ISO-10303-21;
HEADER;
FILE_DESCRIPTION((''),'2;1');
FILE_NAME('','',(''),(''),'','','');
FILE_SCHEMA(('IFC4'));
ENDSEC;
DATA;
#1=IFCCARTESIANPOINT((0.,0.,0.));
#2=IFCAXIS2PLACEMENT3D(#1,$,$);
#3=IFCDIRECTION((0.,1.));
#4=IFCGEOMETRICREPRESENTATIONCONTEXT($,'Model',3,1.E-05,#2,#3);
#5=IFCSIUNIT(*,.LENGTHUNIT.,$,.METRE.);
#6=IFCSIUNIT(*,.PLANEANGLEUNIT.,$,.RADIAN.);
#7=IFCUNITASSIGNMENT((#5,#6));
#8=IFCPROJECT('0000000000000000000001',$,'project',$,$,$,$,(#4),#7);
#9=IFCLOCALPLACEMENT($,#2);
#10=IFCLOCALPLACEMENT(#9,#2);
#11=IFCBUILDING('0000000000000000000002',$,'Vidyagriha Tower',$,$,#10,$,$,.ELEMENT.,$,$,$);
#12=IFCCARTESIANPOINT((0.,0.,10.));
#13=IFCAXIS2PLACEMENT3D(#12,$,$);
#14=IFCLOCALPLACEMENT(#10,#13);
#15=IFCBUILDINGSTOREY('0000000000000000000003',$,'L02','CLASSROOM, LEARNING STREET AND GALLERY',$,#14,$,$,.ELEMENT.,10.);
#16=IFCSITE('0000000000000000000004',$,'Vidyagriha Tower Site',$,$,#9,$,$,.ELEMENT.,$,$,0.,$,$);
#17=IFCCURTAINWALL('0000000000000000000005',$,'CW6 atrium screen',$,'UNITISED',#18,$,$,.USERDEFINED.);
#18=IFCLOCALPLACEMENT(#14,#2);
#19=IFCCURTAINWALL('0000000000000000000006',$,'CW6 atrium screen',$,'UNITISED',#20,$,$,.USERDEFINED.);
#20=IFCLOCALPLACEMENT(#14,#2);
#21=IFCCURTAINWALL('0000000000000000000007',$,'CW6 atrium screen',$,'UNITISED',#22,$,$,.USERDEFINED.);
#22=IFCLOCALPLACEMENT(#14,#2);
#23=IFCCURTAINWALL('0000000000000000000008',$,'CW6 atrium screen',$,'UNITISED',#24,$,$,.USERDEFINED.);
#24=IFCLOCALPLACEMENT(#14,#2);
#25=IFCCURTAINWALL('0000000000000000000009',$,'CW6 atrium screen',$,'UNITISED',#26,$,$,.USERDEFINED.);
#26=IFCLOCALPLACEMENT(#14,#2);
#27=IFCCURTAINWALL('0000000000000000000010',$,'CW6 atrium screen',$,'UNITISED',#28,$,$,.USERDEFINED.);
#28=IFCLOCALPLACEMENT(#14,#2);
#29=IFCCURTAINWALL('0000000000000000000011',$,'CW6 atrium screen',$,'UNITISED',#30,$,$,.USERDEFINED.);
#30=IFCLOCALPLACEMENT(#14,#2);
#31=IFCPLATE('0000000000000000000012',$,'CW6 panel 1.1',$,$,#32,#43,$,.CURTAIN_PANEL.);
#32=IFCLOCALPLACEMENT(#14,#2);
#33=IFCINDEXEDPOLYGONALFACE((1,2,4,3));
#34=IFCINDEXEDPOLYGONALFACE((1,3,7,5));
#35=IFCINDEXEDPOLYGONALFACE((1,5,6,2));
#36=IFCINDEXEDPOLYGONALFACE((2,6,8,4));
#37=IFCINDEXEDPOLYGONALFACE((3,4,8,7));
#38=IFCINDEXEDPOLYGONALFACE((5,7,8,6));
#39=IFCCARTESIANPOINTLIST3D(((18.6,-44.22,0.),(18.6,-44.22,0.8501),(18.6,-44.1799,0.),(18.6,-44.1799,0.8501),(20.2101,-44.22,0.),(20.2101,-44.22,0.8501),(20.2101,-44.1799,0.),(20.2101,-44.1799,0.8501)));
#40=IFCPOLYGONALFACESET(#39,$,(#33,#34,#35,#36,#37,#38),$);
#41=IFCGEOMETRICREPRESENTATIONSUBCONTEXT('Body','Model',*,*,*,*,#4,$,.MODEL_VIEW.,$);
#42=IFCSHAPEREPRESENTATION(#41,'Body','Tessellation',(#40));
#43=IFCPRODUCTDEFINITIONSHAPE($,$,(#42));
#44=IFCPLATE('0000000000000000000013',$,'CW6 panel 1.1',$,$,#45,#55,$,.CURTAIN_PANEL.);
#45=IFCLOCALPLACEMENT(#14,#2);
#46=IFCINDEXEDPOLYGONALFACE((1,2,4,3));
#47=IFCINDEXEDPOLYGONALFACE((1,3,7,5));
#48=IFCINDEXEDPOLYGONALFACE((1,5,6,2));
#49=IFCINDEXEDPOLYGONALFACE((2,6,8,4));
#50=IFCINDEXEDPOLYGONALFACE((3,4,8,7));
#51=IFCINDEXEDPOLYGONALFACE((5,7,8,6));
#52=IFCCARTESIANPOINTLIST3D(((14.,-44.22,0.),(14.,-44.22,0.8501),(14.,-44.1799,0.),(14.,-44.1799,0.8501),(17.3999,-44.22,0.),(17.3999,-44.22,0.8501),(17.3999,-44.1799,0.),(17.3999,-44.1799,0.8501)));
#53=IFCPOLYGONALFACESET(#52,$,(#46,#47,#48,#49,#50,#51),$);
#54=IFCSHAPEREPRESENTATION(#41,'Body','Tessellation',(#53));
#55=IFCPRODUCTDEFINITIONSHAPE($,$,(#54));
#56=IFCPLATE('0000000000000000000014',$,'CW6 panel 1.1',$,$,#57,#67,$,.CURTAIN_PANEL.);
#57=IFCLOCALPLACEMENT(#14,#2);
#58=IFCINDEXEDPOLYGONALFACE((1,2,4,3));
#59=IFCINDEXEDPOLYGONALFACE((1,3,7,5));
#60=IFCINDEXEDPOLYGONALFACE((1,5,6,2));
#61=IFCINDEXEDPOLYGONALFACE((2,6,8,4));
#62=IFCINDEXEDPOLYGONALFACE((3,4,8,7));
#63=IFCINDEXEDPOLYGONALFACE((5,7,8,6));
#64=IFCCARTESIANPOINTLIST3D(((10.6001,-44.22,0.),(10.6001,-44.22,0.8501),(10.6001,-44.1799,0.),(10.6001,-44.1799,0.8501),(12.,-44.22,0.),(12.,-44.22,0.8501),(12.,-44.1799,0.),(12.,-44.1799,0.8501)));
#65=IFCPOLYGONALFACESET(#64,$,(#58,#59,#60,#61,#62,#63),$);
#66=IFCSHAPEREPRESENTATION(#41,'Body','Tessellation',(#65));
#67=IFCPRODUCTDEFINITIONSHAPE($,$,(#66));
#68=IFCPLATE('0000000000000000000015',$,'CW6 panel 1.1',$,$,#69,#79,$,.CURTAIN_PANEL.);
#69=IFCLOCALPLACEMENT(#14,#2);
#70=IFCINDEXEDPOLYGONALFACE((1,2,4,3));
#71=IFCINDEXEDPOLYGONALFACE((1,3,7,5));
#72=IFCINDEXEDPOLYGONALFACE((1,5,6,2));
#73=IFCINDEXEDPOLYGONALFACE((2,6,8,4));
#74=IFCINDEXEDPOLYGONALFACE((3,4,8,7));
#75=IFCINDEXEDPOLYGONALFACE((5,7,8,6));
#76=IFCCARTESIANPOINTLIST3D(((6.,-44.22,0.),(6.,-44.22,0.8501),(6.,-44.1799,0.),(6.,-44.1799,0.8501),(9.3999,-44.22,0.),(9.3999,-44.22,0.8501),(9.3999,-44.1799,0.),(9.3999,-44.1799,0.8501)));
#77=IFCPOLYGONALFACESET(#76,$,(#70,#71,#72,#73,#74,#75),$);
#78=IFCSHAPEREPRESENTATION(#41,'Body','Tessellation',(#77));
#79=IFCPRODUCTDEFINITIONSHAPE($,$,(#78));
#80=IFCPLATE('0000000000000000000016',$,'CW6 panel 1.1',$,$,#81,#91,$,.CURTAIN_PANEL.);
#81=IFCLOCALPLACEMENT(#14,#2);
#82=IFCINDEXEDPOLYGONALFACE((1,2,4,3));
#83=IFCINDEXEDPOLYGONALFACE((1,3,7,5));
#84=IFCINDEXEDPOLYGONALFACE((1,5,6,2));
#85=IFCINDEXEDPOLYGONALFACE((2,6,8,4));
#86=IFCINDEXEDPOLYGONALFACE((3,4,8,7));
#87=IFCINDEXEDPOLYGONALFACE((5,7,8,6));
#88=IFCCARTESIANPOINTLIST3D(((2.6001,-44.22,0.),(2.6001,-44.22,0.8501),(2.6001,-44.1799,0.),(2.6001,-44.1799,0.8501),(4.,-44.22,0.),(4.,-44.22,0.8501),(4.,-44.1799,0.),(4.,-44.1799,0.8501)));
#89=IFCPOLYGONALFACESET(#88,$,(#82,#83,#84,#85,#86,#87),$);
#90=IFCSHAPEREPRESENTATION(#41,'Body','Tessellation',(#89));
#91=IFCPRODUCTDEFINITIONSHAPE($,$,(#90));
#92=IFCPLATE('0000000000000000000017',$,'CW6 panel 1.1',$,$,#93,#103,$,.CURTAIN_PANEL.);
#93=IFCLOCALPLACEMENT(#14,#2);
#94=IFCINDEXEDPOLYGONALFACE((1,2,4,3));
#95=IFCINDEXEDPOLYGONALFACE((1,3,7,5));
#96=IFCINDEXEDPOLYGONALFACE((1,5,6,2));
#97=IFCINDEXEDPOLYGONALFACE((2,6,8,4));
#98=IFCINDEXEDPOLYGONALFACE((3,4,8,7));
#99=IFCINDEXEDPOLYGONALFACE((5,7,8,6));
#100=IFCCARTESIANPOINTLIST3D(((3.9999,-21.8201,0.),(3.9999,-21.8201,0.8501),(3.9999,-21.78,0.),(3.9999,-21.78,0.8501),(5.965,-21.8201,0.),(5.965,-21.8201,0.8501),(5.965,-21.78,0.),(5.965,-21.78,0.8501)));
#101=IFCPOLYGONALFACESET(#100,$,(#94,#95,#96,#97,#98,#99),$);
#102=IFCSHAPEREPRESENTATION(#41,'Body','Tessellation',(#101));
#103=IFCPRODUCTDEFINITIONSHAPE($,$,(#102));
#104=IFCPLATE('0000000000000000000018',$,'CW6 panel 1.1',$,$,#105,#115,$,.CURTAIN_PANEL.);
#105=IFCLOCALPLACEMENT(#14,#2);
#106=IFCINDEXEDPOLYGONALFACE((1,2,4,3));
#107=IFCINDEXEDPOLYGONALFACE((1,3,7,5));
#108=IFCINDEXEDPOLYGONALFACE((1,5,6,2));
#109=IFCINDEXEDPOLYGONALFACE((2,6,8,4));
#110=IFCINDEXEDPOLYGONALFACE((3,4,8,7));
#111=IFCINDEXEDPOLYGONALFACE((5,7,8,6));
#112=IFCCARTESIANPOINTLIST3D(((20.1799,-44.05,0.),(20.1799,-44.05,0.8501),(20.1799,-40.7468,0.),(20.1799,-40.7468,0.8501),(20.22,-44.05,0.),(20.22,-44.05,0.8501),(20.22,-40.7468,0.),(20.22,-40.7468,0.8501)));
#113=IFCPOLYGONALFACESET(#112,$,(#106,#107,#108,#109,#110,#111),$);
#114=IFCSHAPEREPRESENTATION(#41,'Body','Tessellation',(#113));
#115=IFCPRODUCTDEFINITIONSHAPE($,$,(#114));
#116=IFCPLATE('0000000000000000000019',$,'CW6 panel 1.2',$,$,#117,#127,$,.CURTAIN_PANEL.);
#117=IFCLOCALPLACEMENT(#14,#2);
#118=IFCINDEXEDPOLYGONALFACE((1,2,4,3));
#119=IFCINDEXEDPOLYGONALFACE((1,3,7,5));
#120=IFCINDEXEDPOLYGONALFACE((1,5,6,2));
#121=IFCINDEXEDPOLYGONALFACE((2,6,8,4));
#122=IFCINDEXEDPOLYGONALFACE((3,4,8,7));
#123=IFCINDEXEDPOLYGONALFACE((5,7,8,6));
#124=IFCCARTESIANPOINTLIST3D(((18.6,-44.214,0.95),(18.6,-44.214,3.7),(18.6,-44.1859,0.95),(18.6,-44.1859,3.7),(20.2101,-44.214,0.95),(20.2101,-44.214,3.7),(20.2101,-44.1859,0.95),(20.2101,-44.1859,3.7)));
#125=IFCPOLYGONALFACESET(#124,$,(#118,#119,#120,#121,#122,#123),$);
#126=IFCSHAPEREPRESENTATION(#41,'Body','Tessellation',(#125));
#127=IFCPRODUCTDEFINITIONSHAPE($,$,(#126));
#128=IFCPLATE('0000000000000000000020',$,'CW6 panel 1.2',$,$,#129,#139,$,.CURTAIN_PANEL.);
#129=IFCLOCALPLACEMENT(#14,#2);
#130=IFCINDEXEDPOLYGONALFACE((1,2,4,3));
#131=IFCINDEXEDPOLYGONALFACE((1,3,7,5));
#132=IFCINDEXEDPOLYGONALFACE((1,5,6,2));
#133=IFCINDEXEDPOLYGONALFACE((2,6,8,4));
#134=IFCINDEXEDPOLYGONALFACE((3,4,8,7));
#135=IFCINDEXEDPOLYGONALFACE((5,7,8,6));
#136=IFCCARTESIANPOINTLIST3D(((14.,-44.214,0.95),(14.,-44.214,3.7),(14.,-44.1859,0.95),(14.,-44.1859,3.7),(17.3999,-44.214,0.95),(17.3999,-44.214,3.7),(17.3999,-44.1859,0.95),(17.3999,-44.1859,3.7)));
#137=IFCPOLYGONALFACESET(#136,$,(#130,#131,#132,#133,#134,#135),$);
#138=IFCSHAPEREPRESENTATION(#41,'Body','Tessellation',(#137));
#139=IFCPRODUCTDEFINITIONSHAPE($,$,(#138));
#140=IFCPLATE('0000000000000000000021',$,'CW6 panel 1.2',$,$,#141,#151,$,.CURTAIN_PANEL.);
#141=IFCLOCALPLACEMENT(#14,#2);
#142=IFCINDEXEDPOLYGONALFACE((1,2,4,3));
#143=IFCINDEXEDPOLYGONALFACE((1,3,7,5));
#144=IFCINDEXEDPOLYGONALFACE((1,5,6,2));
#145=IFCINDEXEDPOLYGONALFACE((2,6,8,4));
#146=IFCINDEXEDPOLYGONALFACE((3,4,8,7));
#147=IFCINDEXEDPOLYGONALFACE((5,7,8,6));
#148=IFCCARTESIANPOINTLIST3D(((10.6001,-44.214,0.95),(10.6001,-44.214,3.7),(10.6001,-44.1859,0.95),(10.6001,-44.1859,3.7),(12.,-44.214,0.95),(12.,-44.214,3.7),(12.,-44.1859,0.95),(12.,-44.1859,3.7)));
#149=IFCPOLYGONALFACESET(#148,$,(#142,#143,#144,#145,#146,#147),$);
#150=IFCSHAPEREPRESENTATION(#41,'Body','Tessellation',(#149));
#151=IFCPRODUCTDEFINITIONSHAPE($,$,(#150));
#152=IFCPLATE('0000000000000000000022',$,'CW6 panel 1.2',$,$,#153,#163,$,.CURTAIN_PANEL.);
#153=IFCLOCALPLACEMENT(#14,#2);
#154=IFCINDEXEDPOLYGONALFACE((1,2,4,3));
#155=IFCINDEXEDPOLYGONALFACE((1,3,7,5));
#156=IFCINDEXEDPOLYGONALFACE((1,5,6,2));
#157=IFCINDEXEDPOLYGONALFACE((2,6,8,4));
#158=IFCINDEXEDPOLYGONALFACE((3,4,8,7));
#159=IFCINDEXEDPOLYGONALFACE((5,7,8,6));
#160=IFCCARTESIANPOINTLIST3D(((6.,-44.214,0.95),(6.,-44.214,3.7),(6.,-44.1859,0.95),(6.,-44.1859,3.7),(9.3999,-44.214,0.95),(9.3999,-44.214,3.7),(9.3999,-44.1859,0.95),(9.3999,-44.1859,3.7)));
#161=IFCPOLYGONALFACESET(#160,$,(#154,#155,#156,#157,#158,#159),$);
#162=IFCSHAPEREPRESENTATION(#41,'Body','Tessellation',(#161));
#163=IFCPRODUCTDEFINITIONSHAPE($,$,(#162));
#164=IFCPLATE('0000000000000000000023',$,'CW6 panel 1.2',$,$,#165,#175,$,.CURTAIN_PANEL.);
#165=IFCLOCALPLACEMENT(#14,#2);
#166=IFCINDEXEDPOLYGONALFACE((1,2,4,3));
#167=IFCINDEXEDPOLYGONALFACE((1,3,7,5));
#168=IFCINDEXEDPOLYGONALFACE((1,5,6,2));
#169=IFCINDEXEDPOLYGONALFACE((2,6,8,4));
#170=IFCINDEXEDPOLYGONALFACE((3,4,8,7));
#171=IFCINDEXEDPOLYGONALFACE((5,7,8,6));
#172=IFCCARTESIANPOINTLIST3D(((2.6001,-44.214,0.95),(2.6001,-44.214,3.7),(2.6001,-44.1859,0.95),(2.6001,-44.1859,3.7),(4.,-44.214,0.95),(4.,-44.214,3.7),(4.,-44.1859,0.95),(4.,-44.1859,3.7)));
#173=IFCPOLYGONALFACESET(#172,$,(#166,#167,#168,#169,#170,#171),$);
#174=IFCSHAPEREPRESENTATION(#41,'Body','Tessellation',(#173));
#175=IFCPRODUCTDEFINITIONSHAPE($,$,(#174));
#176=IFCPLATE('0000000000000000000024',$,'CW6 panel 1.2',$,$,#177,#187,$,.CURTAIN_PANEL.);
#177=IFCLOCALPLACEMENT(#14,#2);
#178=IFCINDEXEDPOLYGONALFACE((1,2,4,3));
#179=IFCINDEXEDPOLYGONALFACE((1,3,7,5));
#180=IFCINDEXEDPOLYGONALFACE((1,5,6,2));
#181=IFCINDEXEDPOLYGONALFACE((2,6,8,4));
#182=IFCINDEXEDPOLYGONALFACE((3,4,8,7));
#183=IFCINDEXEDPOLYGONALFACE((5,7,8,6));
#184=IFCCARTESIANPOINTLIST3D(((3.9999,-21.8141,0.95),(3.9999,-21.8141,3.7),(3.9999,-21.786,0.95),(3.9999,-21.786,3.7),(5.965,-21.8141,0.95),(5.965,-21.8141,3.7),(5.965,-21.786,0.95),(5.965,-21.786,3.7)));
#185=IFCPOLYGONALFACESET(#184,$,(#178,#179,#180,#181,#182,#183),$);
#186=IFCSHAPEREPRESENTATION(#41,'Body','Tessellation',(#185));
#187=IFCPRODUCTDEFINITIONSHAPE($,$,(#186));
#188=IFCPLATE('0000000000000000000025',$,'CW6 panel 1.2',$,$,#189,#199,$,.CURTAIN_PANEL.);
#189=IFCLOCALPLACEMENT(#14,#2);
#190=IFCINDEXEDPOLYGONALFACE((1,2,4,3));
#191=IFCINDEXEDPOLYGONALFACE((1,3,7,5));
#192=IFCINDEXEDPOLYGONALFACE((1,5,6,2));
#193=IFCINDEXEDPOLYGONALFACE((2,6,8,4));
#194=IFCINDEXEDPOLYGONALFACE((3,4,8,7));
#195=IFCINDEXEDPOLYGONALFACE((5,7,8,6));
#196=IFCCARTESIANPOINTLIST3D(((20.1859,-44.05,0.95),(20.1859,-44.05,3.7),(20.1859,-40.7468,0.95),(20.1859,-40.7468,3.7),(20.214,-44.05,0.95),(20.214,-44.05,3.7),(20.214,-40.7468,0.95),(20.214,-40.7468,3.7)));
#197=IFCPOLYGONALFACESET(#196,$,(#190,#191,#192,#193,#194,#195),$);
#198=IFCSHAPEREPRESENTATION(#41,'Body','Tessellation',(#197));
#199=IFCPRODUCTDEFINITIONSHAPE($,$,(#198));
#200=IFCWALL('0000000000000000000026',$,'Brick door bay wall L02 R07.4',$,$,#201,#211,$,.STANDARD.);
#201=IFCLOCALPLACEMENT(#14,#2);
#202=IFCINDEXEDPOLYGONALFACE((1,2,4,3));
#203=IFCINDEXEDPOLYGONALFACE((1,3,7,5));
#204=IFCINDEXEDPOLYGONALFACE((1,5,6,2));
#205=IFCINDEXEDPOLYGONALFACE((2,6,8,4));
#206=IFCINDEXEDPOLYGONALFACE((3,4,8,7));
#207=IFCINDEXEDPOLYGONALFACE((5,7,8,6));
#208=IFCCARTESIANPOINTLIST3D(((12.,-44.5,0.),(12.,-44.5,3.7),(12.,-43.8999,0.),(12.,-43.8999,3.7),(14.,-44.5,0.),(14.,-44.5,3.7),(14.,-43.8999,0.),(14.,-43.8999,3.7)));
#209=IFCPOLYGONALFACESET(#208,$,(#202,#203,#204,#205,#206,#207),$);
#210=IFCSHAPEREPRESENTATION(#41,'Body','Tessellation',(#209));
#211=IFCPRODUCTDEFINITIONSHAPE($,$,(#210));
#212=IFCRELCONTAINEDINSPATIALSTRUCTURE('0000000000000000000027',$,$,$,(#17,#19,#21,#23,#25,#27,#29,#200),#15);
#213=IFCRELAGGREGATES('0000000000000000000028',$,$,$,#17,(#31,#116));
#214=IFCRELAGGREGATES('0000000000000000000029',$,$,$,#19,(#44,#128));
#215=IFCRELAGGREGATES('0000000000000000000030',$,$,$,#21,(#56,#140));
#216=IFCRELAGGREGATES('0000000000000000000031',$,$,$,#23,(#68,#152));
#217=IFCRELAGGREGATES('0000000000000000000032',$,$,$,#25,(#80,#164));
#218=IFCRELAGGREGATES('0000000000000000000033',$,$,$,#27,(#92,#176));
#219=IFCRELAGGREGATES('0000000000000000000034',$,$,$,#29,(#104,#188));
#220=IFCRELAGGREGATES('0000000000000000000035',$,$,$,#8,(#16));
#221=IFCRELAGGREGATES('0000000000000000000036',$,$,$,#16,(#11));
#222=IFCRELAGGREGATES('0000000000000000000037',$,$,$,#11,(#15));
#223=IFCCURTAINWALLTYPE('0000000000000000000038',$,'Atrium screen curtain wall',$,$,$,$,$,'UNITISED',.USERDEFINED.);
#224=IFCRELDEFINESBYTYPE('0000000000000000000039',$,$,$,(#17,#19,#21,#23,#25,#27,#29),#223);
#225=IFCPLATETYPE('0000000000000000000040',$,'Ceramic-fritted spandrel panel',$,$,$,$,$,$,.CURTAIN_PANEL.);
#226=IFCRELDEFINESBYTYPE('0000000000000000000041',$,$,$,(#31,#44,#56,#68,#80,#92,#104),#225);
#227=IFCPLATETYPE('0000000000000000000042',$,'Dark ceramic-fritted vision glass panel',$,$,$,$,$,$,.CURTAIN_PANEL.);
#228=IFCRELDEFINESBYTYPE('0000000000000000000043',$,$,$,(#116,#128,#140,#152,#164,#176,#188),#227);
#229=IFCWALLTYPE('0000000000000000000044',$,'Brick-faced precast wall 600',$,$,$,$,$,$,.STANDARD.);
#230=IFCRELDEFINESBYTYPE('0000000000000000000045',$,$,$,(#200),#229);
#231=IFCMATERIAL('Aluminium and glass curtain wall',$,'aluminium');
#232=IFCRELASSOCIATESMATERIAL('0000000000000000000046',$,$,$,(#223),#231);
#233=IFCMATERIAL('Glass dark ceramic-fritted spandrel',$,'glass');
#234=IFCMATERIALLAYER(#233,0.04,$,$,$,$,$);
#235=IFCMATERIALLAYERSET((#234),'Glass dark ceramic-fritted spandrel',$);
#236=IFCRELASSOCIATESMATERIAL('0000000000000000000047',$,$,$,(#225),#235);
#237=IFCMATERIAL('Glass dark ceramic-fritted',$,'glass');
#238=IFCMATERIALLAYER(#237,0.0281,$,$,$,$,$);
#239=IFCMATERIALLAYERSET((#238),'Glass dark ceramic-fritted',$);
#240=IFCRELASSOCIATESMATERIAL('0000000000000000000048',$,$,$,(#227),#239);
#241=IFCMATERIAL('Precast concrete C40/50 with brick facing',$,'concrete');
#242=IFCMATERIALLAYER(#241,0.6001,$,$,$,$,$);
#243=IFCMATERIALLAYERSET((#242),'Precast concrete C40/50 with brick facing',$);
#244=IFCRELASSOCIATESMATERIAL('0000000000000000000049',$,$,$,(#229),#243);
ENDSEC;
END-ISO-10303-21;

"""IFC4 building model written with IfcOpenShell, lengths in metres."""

from ifc_helpers import new_model, si_unit, direction, frame, frame_2d, origin, origin_2d, place, context, subcontext, project, spatial, rectangle, extrude, material, layer, layer_set, type_object, element, aggregate, save


model = new_model("IFC4")

# Units and contexts
model_context = context("Model", 3, precision=1e-05, world=origin(), true_north=direction((0.0, 1.0)))
body_context = subcontext(model_context, "Body", "Model", "MODEL_VIEW")
ifc_project = project(units=[si_unit("LENGTHUNIT", "METRE"), si_unit("PLANEANGLEUNIT", "RADIAN")], contexts=[model_context])

# Site, building, storey
site_placement = place(None, origin())
site = spatial("IfcSite", under=ifc_project, at=site_placement, Name="Vidyagriha Tower Site", CompositionType="ELEMENT", RefElevation=0.0)
building_placement = place(site_placement, origin())
building = spatial("IfcBuilding", under=site, at=building_placement, Name="Vidyagriha Tower", CompositionType="ELEMENT")
storey_placement = place(building_placement, frame((0.0, 0.0, 10.0)))
storey = spatial("IfcBuildingStorey", under=building, at=storey_placement, Name="L02", Description="CLASSROOM, LEARNING STREET AND GALLERY", CompositionType="ELEMENT", Elevation=10.0)

# Curtain walls
ifc_material_1 = material(Name="Aluminium and glass curtain wall", Category="aluminium")
curtain_wall_type = type_object("IfcCurtainWallType", Name="Atrium screen curtain wall", ElementType="UNITISED", PredefinedType="USERDEFINED", material=ifc_material_1)
curtain_wall_1_placement = place(storey_placement, origin())
curtain_wall_1 = element("IfcCurtainWall", 1, at=curtain_wall_1_placement, inside=storey, type_object=curtain_wall_type, Name="CW6 atrium screen", ObjectType="UNITISED", PredefinedType="USERDEFINED")
curtain_wall_2_placement = place(storey_placement, origin())
curtain_wall_2 = element("IfcCurtainWall", 2, at=curtain_wall_2_placement, inside=storey, type_object=curtain_wall_type, Name="CW6 atrium screen", ObjectType="UNITISED", PredefinedType="USERDEFINED")
curtain_wall_3_placement = place(storey_placement, origin())
curtain_wall_3 = element("IfcCurtainWall", 3, at=curtain_wall_3_placement, inside=storey, type_object=curtain_wall_type, Name="CW6 atrium screen", ObjectType="UNITISED", PredefinedType="USERDEFINED")
curtain_wall_4_placement = place(storey_placement, origin())
curtain_wall_4 = element("IfcCurtainWall", 4, at=curtain_wall_4_placement, inside=storey, type_object=curtain_wall_type, Name="CW6 atrium screen", ObjectType="UNITISED", PredefinedType="USERDEFINED")
curtain_wall_5_placement = place(storey_placement, origin())
curtain_wall_5 = element("IfcCurtainWall", 5, at=curtain_wall_5_placement, inside=storey, type_object=curtain_wall_type, Name="CW6 atrium screen", ObjectType="UNITISED", PredefinedType="USERDEFINED")
curtain_wall_6_placement = place(storey_placement, origin())
curtain_wall_6 = element("IfcCurtainWall", 6, at=curtain_wall_6_placement, inside=storey, type_object=curtain_wall_type, Name="CW6 atrium screen", ObjectType="UNITISED", PredefinedType="USERDEFINED")
curtain_wall_7_placement = place(storey_placement, origin())
curtain_wall_7 = element("IfcCurtainWall", 7, at=curtain_wall_7_placement, inside=storey, type_object=curtain_wall_type, Name="CW6 atrium screen", ObjectType="UNITISED", PredefinedType="USERDEFINED")

# Plates
ifc_material_2 = material(Name="Glass dark ceramic-fritted spandrel", Category="glass")
ifc_layer_1 = layer(ifc_material_2, 0.04)
ifc_layer_set_1 = layer_set([ifc_layer_1], Name="Glass dark ceramic-fritted spandrel")
plate_type_1 = type_object("IfcPlateType", Name="Ceramic-fritted spandrel panel", PredefinedType="CURTAIN_PANEL", material=ifc_layer_set_1)
plate_1_placement = place(storey_placement, frame((19.405, -44.2, 0.0), z_axis=(0.0, 0.0, 1.0), x_axis=(-1.0, 0.0, 0.0)))
plate_1 = element("IfcPlate", 8, at=plate_1_placement, type_object=plate_type_1, Name="CW6 panel 1.1", PredefinedType="CURTAIN_PANEL", context=body_context, shape_type="SweptSolid", body=[
    extrude(rectangle(XDim=1.6101, YDim=0.04, at=origin_2d()), origin(), (0.0, 0.0, 1.0), 0.8501),
])
plate_2_placement = place(storey_placement, frame((15.7, -44.2, 0.0), z_axis=(0.0, 0.0, 1.0), x_axis=(-1.0, 0.0, 0.0)))
plate_2 = element("IfcPlate", 9, at=plate_2_placement, type_object=plate_type_1, Name="CW6 panel 1.1", PredefinedType="CURTAIN_PANEL", context=body_context, shape_type="SweptSolid", body=[
    extrude(rectangle(XDim=3.3999, YDim=0.04, at=origin_2d()), origin(), (0.0, 0.0, 1.0), 0.8501),
])
plate_3_placement = place(storey_placement, frame((11.3, -44.2, 0.0), z_axis=(0.0, 0.0, 1.0), x_axis=(-1.0, 0.0, 0.0)))
plate_3 = element("IfcPlate", 10, at=plate_3_placement, type_object=plate_type_1, Name="CW6 panel 1.1", PredefinedType="CURTAIN_PANEL", context=body_context, shape_type="SweptSolid", body=[
    extrude(rectangle(XDim=1.3999, YDim=0.04, at=origin_2d()), origin(), (0.0, 0.0, 1.0), 0.8501),
])
plate_4_placement = place(storey_placement, frame((7.7, -44.2, 0.0), z_axis=(0.0, 0.0, 1.0), x_axis=(-1.0, 0.0, 0.0)))
plate_4 = element("IfcPlate", 11, at=plate_4_placement, type_object=plate_type_1, Name="CW6 panel 1.1", PredefinedType="CURTAIN_PANEL", context=body_context, shape_type="SweptSolid", body=[
    extrude(rectangle(XDim=3.3999, YDim=0.04, at=origin_2d()), origin(), (0.0, 0.0, 1.0), 0.8501),
])
plate_5_placement = place(storey_placement, frame((3.3, -44.2, 0.0), z_axis=(0.0, 0.0, 1.0), x_axis=(-1.0, 0.0, 0.0)))
plate_5 = element("IfcPlate", 12, at=plate_5_placement, type_object=plate_type_1, Name="CW6 panel 1.1", PredefinedType="CURTAIN_PANEL", context=body_context, shape_type="SweptSolid", body=[
    extrude(rectangle(XDim=1.3999, YDim=0.04, at=origin_2d()), origin(), (0.0, 0.0, 1.0), 0.8501),
])
plate_6_placement = place(storey_placement, frame((4.9824, -21.8, 0.0)))
plate_6 = element("IfcPlate", 13, at=plate_6_placement, type_object=plate_type_1, Name="CW6 panel 1.1", PredefinedType="CURTAIN_PANEL", context=body_context, shape_type="SweptSolid", body=[
    extrude(rectangle(XDim=1.9651, YDim=0.04, at=origin_2d()), origin(), (0.0, 0.0, 1.0), 0.8501),
])
plate_7_placement = place(storey_placement, frame((20.2, -42.3984, 0.0), z_axis=(0.0, 0.0, 1.0), x_axis=(0.0, -1.0, 0.0)))
plate_7 = element("IfcPlate", 14, at=plate_7_placement, type_object=plate_type_1, Name="CW6 panel 1.1", PredefinedType="CURTAIN_PANEL", context=body_context, shape_type="SweptSolid", body=[
    extrude(rectangle(XDim=3.3032, YDim=0.04, at=origin_2d()), origin(), (0.0, 0.0, 1.0), 0.8501),
])
ifc_material_3 = material(Name="Glass dark ceramic-fritted", Category="glass")
ifc_layer_2 = layer(ifc_material_3, 0.0281)
ifc_layer_set_2 = layer_set([ifc_layer_2], Name="Glass dark ceramic-fritted")
plate_type_2 = type_object("IfcPlateType", Name="Dark ceramic-fritted vision glass panel", PredefinedType="CURTAIN_PANEL", material=ifc_layer_set_2)
plate_8_placement = place(storey_placement, frame((19.405, -44.2, 0.95), z_axis=(0.0, 0.0, 1.0), x_axis=(-1.0, 0.0, 0.0)))
plate_8 = element("IfcPlate", 15, at=plate_8_placement, type_object=plate_type_2, Name="CW6 panel 1.2", PredefinedType="CURTAIN_PANEL", context=body_context, shape_type="SweptSolid", body=[
    extrude(rectangle(XDim=1.6101, YDim=0.0281, at=origin_2d()), origin(), (0.0, 0.0, 1.0), 2.75),
])
aggregate(curtain_wall_1, [plate_1, plate_8])
plate_9_placement = place(storey_placement, frame((15.7, -44.2, 0.95), z_axis=(0.0, 0.0, 1.0), x_axis=(-1.0, 0.0, 0.0)))
plate_9 = element("IfcPlate", 16, at=plate_9_placement, type_object=plate_type_2, Name="CW6 panel 1.2", PredefinedType="CURTAIN_PANEL", context=body_context, shape_type="SweptSolid", body=[
    extrude(rectangle(XDim=3.3999, YDim=0.0281, at=origin_2d()), origin(), (0.0, 0.0, 1.0), 2.75),
])
aggregate(curtain_wall_2, [plate_2, plate_9])
plate_10_placement = place(storey_placement, frame((11.3, -44.2, 0.95), z_axis=(0.0, 0.0, 1.0), x_axis=(-1.0, 0.0, 0.0)))
plate_10 = element("IfcPlate", 17, at=plate_10_placement, type_object=plate_type_2, Name="CW6 panel 1.2", PredefinedType="CURTAIN_PANEL", context=body_context, shape_type="SweptSolid", body=[
    extrude(rectangle(XDim=1.3999, YDim=0.0281, at=origin_2d()), origin(), (0.0, 0.0, 1.0), 2.75),
])
aggregate(curtain_wall_3, [plate_3, plate_10])
plate_11_placement = place(storey_placement, frame((7.7, -44.2, 0.95), z_axis=(0.0, 0.0, 1.0), x_axis=(-1.0, 0.0, 0.0)))
plate_11 = element("IfcPlate", 18, at=plate_11_placement, type_object=plate_type_2, Name="CW6 panel 1.2", PredefinedType="CURTAIN_PANEL", context=body_context, shape_type="SweptSolid", body=[
    extrude(rectangle(XDim=3.3999, YDim=0.0281, at=origin_2d()), origin(), (0.0, 0.0, 1.0), 2.75),
])
aggregate(curtain_wall_4, [plate_4, plate_11])
plate_12_placement = place(storey_placement, frame((3.3, -44.2, 0.95), z_axis=(0.0, 0.0, 1.0), x_axis=(-1.0, 0.0, 0.0)))
plate_12 = element("IfcPlate", 19, at=plate_12_placement, type_object=plate_type_2, Name="CW6 panel 1.2", PredefinedType="CURTAIN_PANEL", context=body_context, shape_type="SweptSolid", body=[
    extrude(rectangle(XDim=1.3999, YDim=0.0281, at=origin_2d()), origin(), (0.0, 0.0, 1.0), 2.75),
])
aggregate(curtain_wall_5, [plate_5, plate_12])
plate_13_placement = place(storey_placement, frame((4.9824, -21.8, 0.95)))
plate_13 = element("IfcPlate", 20, at=plate_13_placement, type_object=plate_type_2, Name="CW6 panel 1.2", PredefinedType="CURTAIN_PANEL", context=body_context, shape_type="SweptSolid", body=[
    extrude(rectangle(XDim=1.9651, YDim=0.0281, at=origin_2d()), origin(), (0.0, 0.0, 1.0), 2.75),
])
aggregate(curtain_wall_6, [plate_6, plate_13])
plate_14_placement = place(storey_placement, frame((20.2, -42.3984, 0.95), z_axis=(0.0, 0.0, 1.0), x_axis=(0.0, -1.0, 0.0)))
plate_14 = element("IfcPlate", 21, at=plate_14_placement, type_object=plate_type_2, Name="CW6 panel 1.2", PredefinedType="CURTAIN_PANEL", context=body_context, shape_type="SweptSolid", body=[
    extrude(rectangle(XDim=3.3032, YDim=0.0281, at=origin_2d()), origin(), (0.0, 0.0, 1.0), 2.75),
])
aggregate(curtain_wall_7, [plate_7, plate_14])

# Wall
ifc_material_4 = material(Name="Precast concrete C40/50 with brick facing", Category="concrete")
ifc_layer_3 = layer(ifc_material_4, 0.6001)
ifc_layer_set_3 = layer_set([ifc_layer_3], Name="Precast concrete C40/50 with brick facing")
wall_type = type_object("IfcWallType", Name="Brick-faced precast wall 600", PredefinedType="STANDARD", material=ifc_layer_set_3)
for number, where, z_axis, x_axis, name in (
    (22, (14.0, -44.2, 0.0), (0.0, 0.0, 1.0), (-1.0, 0.0, 0.0), "Brick door bay wall L02 R07.4"),
):
    element("IfcWall", number, at=place(storey_placement, frame(where, z_axis=z_axis, x_axis=x_axis)), inside=storey, type_object=wall_type, Name=name, PredefinedType="STANDARD", context=body_context, shape_type="SweptSolid", body=[
        extrude(rectangle(XDim=2.0, YDim=0.6001, at=frame_2d((1.0, 0.0))), origin(), (0.0, 0.0, 1.0), 3.7),
    ])

save(model, "model.ifc")
